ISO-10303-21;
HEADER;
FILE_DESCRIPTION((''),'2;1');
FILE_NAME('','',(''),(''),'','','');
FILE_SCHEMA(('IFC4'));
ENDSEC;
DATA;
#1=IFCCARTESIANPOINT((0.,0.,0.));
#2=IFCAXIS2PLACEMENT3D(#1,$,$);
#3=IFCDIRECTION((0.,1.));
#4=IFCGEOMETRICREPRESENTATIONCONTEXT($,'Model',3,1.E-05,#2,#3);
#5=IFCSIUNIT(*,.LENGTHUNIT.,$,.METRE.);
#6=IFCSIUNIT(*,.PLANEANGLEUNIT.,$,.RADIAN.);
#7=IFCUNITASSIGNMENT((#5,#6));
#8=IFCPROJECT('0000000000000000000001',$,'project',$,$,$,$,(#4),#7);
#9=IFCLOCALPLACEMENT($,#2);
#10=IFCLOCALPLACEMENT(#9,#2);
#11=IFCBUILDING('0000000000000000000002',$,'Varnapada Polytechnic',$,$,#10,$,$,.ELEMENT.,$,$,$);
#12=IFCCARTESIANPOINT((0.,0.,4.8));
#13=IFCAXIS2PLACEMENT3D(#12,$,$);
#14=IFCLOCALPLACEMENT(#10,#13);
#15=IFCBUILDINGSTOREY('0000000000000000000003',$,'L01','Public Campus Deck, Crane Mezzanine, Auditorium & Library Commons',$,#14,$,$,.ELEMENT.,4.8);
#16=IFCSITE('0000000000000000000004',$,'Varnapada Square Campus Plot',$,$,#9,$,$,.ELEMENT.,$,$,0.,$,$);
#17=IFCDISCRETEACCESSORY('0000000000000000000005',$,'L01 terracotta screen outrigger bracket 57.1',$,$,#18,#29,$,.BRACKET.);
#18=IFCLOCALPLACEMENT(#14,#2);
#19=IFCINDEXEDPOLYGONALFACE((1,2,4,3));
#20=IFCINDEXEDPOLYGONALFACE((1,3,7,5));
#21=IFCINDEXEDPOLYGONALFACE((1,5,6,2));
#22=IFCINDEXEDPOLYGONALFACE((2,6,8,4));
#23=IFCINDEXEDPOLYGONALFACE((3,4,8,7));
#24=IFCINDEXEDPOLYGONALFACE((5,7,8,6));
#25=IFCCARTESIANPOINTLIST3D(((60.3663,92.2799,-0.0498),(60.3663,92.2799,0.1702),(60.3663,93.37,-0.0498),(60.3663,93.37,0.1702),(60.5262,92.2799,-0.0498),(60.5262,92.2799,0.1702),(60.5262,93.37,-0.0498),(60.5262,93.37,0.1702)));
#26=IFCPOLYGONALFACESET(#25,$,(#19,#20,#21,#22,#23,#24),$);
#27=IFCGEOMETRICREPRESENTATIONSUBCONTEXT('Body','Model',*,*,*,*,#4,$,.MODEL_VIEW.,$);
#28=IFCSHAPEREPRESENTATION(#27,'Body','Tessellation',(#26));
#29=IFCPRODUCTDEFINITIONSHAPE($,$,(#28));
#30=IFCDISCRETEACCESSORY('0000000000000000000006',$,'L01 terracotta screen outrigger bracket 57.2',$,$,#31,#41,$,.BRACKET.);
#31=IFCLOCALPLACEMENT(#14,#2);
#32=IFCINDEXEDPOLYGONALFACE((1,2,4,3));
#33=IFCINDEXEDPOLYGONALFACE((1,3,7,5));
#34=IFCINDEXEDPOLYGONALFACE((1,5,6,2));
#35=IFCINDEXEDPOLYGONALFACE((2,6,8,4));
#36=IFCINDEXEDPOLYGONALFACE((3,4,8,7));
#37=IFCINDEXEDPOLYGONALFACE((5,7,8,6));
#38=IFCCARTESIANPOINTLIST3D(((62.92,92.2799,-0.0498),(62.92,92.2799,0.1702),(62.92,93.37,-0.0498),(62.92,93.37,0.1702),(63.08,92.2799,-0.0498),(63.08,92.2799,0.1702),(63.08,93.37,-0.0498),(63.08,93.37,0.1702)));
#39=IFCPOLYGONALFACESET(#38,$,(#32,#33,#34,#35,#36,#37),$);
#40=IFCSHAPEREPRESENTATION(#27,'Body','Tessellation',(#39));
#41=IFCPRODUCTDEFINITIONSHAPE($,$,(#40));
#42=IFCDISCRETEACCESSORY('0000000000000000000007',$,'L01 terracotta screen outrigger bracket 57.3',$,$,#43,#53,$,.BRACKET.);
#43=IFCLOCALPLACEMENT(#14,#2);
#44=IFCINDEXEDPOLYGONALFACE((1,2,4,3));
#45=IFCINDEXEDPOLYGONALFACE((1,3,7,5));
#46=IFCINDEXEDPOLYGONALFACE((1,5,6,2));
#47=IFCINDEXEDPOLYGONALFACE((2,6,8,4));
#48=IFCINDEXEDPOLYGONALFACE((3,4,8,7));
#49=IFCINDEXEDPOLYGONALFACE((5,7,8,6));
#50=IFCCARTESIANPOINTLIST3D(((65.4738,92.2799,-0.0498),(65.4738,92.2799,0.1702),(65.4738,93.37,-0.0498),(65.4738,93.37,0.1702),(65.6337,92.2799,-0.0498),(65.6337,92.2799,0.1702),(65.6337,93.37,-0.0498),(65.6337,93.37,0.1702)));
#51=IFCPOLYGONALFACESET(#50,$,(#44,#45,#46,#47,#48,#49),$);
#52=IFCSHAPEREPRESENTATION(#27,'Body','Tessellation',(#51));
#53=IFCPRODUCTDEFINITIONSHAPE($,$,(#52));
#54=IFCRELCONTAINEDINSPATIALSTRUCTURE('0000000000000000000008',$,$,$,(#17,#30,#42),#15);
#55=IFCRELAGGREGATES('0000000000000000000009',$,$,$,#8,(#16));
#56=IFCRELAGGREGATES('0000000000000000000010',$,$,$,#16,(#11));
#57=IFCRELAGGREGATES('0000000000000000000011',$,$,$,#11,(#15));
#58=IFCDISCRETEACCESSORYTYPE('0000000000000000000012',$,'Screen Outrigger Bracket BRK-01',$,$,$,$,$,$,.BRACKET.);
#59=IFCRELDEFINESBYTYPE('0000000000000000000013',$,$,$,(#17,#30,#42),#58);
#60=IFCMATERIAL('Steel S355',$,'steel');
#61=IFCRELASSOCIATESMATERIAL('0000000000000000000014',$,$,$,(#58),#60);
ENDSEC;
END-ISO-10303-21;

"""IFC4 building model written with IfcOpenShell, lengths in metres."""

from ifc_helpers import new_model, si_unit, direction, frame, origin, origin_2d, place, context, subcontext, project, spatial, rectangle, extrude, material, type_object, element, save


model = new_model("IFC4")

# Units and contexts
model_context = context("Model", 3, precision=1e-05, world=origin(), true_north=direction((0.0, 1.0)))
body_context = subcontext(model_context, "Body", "Model", "MODEL_VIEW")
ifc_project = project(units=[si_unit("LENGTHUNIT", "METRE"), si_unit("PLANEANGLEUNIT", "RADIAN")], contexts=[model_context])

# Site, building, storey
site_placement = place(None, origin())
site = spatial("IfcSite", under=ifc_project, at=site_placement, Name="Varnapada Square Campus Plot", CompositionType="ELEMENT", RefElevation=0.0)
building_placement = place(site_placement, origin())
building = spatial("IfcBuilding", under=site, at=building_placement, Name="Varnapada Polytechnic", CompositionType="ELEMENT")
storey_placement = place(building_placement, frame((0.0, 0.0, 4.8)))
storey = spatial("IfcBuildingStorey", under=building, at=storey_placement, Name="L01", Description="Public Campus Deck, Crane Mezzanine, Auditorium & Library Commons", CompositionType="ELEMENT", Elevation=4.8)

# Shared definitions
ifc_material_1 = material(Name="Steel S355", Category="steel")

# Discrete accessories
discrete_accessory_type = type_object("IfcDiscreteAccessoryType", Name="Screen Outrigger Bracket BRK-01", PredefinedType="BRACKET", material=ifc_material_1)
for number, where, z_axis, x_axis, name in (
    (1, (60.4463, 92.825, -0.0498), (0.0, 0.0, 1.0), (1.0, 0.0, 0.0), "L01 terracotta screen outrigger bracket 57.1"),
    (2, (63.0, 92.825, -0.0498), (0.0, 0.0, 1.0), (1.0, 0.0, 0.0), "L01 terracotta screen outrigger bracket 57.2"),
    (3, (65.5537, 92.825, -0.0498), (0.0, 0.0, 1.0), (1.0, 0.0, 0.0), "L01 terracotta screen outrigger bracket 57.3"),
):
    element("IfcDiscreteAccessory", number, at=place(storey_placement, frame(where, z_axis=z_axis, x_axis=x_axis)), inside=storey, type_object=discrete_accessory_type, Name=name, PredefinedType="BRACKET", context=body_context, shape_type="SweptSolid", body=[
        extrude(rectangle(XDim=0.1599, YDim=1.0901, at=origin_2d()), origin(), (0.0, 0.0, 1.0), 0.22),
    ])

save(model, "model.ifc")
